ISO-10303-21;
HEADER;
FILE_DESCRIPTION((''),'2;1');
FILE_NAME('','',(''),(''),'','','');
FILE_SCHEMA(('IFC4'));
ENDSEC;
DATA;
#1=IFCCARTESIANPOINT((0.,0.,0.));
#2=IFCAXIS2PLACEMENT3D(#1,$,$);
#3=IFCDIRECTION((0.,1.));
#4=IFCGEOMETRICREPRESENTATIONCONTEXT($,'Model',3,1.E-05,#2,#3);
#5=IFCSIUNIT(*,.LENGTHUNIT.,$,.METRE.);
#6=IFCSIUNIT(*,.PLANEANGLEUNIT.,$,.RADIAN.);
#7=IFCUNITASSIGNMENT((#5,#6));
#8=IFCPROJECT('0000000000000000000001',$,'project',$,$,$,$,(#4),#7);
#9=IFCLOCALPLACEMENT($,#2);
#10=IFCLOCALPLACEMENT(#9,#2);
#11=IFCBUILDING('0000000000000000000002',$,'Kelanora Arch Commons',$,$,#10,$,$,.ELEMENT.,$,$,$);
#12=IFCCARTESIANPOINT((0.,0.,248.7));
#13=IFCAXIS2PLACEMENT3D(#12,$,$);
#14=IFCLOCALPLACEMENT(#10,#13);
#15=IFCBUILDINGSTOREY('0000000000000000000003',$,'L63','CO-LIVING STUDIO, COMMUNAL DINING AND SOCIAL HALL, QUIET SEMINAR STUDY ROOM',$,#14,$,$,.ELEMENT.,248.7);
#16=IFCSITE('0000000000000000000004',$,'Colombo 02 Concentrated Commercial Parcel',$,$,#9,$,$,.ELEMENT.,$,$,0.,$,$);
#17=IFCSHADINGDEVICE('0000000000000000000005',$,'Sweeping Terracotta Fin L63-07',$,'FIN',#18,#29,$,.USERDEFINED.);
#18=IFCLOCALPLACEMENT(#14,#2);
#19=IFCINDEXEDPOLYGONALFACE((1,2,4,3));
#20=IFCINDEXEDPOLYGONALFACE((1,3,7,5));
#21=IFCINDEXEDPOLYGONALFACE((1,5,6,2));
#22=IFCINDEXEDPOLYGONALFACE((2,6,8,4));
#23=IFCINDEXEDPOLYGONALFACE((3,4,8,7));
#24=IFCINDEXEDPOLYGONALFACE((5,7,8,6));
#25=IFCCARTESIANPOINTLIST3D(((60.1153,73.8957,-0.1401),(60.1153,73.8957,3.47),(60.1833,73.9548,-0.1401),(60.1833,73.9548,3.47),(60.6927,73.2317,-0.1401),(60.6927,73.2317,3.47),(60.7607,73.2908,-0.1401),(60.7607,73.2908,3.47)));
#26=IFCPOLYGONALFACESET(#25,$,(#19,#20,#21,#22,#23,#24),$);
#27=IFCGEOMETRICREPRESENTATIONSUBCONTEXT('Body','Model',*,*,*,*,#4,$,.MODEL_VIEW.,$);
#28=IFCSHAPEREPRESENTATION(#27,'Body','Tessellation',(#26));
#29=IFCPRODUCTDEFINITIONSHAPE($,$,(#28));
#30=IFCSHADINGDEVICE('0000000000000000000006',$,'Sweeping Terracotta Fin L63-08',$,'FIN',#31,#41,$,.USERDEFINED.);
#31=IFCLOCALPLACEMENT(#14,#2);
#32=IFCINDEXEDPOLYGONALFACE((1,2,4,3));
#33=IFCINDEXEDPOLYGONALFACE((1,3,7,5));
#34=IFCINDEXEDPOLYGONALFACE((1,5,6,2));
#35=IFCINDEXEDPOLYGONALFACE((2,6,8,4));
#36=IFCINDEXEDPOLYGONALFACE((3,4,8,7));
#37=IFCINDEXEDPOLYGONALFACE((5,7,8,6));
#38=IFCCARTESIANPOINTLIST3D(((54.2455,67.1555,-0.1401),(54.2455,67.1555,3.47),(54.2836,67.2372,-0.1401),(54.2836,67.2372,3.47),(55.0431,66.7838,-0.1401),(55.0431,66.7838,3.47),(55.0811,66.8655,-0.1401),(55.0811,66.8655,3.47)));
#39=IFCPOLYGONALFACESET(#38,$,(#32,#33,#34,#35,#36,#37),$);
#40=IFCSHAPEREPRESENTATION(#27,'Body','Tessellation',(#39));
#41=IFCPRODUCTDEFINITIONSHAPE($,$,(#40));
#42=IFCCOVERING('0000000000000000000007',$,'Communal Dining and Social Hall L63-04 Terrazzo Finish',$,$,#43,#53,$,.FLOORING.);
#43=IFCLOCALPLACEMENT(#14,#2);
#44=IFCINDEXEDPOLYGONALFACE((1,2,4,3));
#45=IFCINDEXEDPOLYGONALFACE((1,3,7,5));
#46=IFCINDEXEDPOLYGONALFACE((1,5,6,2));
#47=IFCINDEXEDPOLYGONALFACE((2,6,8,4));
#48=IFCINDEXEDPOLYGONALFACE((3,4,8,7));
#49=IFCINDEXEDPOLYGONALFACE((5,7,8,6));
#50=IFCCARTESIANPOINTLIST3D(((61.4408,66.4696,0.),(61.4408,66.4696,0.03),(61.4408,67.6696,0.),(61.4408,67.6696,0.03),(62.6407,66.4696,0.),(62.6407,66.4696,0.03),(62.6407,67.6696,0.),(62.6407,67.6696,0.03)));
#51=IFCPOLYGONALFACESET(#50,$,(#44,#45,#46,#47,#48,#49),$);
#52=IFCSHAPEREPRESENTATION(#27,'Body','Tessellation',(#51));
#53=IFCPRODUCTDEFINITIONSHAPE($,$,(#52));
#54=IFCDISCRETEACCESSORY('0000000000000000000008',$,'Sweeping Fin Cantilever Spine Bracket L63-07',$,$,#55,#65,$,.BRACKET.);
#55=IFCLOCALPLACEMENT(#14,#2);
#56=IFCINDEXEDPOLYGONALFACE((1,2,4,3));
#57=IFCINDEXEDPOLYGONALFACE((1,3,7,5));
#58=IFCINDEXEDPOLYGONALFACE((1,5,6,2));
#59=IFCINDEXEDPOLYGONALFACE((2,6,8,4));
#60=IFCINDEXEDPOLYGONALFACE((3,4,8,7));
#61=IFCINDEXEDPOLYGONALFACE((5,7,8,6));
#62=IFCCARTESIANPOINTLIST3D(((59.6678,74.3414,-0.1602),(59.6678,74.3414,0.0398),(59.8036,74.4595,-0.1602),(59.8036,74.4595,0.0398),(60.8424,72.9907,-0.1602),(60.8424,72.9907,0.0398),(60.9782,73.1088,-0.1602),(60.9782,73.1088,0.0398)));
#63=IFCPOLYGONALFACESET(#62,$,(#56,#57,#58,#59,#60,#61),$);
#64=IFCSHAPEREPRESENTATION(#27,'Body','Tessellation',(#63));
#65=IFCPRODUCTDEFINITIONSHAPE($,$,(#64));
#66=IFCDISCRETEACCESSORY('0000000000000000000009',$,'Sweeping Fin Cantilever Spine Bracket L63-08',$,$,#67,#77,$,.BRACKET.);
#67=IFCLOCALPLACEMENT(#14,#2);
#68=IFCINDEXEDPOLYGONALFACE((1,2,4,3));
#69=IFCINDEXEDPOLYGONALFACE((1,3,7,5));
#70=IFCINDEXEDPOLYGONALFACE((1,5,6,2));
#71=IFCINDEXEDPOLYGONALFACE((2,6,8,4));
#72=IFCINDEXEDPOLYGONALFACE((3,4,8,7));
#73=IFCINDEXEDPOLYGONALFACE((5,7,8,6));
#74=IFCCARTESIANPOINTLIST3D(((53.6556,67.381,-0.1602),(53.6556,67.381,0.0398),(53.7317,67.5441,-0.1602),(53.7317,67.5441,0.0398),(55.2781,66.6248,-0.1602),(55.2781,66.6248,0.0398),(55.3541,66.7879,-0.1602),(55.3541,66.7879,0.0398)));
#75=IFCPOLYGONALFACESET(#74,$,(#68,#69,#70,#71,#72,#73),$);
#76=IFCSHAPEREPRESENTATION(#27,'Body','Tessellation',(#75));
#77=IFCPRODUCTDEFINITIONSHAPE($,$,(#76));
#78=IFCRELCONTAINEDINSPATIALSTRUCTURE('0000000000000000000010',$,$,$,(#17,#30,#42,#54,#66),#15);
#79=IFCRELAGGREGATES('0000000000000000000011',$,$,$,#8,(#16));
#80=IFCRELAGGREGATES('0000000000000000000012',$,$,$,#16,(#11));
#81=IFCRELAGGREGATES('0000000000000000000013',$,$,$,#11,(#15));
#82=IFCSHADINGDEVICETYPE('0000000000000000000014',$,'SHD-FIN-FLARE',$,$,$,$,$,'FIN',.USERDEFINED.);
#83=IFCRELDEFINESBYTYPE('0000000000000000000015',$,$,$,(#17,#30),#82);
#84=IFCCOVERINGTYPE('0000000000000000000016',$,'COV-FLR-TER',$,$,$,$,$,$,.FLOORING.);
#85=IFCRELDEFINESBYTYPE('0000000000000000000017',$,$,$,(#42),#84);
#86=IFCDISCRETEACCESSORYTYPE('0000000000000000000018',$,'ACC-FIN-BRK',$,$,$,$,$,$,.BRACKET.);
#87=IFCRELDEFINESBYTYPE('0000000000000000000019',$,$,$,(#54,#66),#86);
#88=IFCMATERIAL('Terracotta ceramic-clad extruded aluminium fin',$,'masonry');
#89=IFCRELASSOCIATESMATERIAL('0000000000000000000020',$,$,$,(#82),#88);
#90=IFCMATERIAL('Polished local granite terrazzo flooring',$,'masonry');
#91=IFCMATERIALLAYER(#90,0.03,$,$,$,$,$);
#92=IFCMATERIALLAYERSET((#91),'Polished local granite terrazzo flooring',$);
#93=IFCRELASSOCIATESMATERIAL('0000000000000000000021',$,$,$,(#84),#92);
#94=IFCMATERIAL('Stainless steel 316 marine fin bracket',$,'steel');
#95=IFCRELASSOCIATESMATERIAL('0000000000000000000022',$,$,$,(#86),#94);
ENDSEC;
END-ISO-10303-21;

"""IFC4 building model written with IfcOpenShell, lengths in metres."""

from ifc_helpers import new_model, si_unit, direction, frame, origin, origin_2d, place, context, subcontext, project, spatial, rectangle, extrude, source, transform, mapped, material, layer, layer_set, type_object, element, save


model = new_model("IFC4")

# Units and contexts
model_context = context("Model", 3, precision=1e-05, world=origin(), true_north=direction((0.0, 1.0)))
body_context = subcontext(model_context, "Body", "Model", "MODEL_VIEW")
ifc_project = project(units=[si_unit("LENGTHUNIT", "METRE"), si_unit("PLANEANGLEUNIT", "RADIAN")], contexts=[model_context])

# Site, building, storey
site_placement = place(None, origin())
site = spatial("IfcSite", under=ifc_project, at=site_placement, Name="Colombo 02 Concentrated Commercial Parcel", CompositionType="ELEMENT", RefElevation=0.0)
building_placement = place(site_placement, origin())
building = spatial("IfcBuilding", under=site, at=building_placement, Name="Kelanora Arch Commons", CompositionType="ELEMENT")
storey_placement = place(building_placement, frame((0.0, 0.0, 248.7)))
storey = spatial("IfcBuildingStorey", under=building, at=storey_placement, Name="L63", Description="CO-LIVING STUDIO, COMMUNAL DINING AND SOCIAL HALL, QUIET SEMINAR STUDY ROOM", CompositionType="ELEMENT", Elevation=248.7)

# Shading devices
ifc_material_1 = material(Name="Terracotta ceramic-clad extruded aluminium fin", Category="masonry")
shading_device_type = type_object("IfcShadingDeviceType", Name="SHD-FIN-FLARE", ElementType="FIN", PredefinedType="USERDEFINED", material=ifc_material_1)
shared_shape_1 = source(origin(), body_context, "Body", "SweptSolid", [
    extrude(rectangle(XDim=0.8799, YDim=0.0901, at=origin_2d()), origin(), (0.0, 0.0, 1.0), 3.6101),
])
for number, where, z_axis, x_axis, name in (
    (1, (60.438, 73.5933, -0.1401), (0.0, 0.0, 1.0), (-0.656191, 0.754595, 0.0), "Sweeping Terracotta Fin L63-07"),
    (2, (54.6633, 67.0105, -0.1401), (0.0, 0.0, 1.0), (-0.906382, 0.42246, 0.0), "Sweeping Terracotta Fin L63-08"),
):
    element("IfcShadingDevice", number, at=place(storey_placement, frame(where, z_axis=z_axis, x_axis=x_axis)), inside=storey, type_object=shading_device_type, Name=name, ObjectType="FIN", PredefinedType="USERDEFINED", context=body_context, shape_type="MappedRepresentation", body=[
        mapped(shared_shape_1, transform((0.0, 0.0, 0.0), scale=1.0)),
    ])

# Covering
ifc_material_2 = material(Name="Polished local granite terrazzo flooring", Category="masonry")
ifc_layer_1 = layer(ifc_material_2, 0.03)
ifc_layer_set_1 = layer_set([ifc_layer_1], Name="Polished local granite terrazzo flooring")
covering_type = type_object("IfcCoveringType", Name="COV-FLR-TER", PredefinedType="FLOORING", material=ifc_layer_set_1)
shared_shape_2 = source(origin(), body_context, "Body", "SweptSolid", [
    extrude(rectangle(XDim=1.2, YDim=1.2, at=origin_2d()), origin(), (0.0, 0.0, 1.0), 0.03),
])
covering_placement = place(storey_placement, frame((62.0408, 67.0696, 0.0), z_axis=(0.0, 0.0, 1.0), x_axis=(1.0, 0.0, 0.0)))
element("IfcCovering", 3, at=covering_placement, inside=storey, type_object=covering_type, Name="Communal Dining and Social Hall L63-04 Terrazzo Finish", PredefinedType="FLOORING", context=body_context, shape_type="MappedRepresentation", body=[
    mapped(shared_shape_2, transform((0.0, 0.0, 0.0), scale=1.0)),
])

# Discrete accessories
ifc_material_3 = material(Name="Stainless steel 316 marine fin bracket", Category="steel")
discrete_accessory_type = type_object("IfcDiscreteAccessoryType", Name="ACC-FIN-BRK", PredefinedType="BRACKET", material=ifc_material_3)
shared_shape_3 = source(origin(), body_context, "Body", "SweptSolid", [
    extrude(rectangle(XDim=1.79, YDim=0.1799, at=origin_2d()), origin(), (0.0, 0.0, 1.0), 0.2),
])
for number, where, z_axis, x_axis, name in (
    (4, (60.323, 73.7251, -0.1602), (0.0, 0.0, 1.0), (-0.656191, 0.754595, 0.0), "Sweeping Fin Cantilever Spine Bracket L63-07"),
    (5, (54.5049, 67.0845, -0.1602), (0.0, 0.0, 1.0), (-0.906382, 0.42246, 0.0), "Sweeping Fin Cantilever Spine Bracket L63-08"),
):
    element("IfcDiscreteAccessory", number, at=place(storey_placement, frame(where, z_axis=z_axis, x_axis=x_axis)), inside=storey, type_object=discrete_accessory_type, Name=name, PredefinedType="BRACKET", context=body_context, shape_type="MappedRepresentation", body=[
        mapped(shared_shape_3, transform((0.0, 0.0, 0.0), scale=1.0)),
    ])

save(model, "model.ifc")
